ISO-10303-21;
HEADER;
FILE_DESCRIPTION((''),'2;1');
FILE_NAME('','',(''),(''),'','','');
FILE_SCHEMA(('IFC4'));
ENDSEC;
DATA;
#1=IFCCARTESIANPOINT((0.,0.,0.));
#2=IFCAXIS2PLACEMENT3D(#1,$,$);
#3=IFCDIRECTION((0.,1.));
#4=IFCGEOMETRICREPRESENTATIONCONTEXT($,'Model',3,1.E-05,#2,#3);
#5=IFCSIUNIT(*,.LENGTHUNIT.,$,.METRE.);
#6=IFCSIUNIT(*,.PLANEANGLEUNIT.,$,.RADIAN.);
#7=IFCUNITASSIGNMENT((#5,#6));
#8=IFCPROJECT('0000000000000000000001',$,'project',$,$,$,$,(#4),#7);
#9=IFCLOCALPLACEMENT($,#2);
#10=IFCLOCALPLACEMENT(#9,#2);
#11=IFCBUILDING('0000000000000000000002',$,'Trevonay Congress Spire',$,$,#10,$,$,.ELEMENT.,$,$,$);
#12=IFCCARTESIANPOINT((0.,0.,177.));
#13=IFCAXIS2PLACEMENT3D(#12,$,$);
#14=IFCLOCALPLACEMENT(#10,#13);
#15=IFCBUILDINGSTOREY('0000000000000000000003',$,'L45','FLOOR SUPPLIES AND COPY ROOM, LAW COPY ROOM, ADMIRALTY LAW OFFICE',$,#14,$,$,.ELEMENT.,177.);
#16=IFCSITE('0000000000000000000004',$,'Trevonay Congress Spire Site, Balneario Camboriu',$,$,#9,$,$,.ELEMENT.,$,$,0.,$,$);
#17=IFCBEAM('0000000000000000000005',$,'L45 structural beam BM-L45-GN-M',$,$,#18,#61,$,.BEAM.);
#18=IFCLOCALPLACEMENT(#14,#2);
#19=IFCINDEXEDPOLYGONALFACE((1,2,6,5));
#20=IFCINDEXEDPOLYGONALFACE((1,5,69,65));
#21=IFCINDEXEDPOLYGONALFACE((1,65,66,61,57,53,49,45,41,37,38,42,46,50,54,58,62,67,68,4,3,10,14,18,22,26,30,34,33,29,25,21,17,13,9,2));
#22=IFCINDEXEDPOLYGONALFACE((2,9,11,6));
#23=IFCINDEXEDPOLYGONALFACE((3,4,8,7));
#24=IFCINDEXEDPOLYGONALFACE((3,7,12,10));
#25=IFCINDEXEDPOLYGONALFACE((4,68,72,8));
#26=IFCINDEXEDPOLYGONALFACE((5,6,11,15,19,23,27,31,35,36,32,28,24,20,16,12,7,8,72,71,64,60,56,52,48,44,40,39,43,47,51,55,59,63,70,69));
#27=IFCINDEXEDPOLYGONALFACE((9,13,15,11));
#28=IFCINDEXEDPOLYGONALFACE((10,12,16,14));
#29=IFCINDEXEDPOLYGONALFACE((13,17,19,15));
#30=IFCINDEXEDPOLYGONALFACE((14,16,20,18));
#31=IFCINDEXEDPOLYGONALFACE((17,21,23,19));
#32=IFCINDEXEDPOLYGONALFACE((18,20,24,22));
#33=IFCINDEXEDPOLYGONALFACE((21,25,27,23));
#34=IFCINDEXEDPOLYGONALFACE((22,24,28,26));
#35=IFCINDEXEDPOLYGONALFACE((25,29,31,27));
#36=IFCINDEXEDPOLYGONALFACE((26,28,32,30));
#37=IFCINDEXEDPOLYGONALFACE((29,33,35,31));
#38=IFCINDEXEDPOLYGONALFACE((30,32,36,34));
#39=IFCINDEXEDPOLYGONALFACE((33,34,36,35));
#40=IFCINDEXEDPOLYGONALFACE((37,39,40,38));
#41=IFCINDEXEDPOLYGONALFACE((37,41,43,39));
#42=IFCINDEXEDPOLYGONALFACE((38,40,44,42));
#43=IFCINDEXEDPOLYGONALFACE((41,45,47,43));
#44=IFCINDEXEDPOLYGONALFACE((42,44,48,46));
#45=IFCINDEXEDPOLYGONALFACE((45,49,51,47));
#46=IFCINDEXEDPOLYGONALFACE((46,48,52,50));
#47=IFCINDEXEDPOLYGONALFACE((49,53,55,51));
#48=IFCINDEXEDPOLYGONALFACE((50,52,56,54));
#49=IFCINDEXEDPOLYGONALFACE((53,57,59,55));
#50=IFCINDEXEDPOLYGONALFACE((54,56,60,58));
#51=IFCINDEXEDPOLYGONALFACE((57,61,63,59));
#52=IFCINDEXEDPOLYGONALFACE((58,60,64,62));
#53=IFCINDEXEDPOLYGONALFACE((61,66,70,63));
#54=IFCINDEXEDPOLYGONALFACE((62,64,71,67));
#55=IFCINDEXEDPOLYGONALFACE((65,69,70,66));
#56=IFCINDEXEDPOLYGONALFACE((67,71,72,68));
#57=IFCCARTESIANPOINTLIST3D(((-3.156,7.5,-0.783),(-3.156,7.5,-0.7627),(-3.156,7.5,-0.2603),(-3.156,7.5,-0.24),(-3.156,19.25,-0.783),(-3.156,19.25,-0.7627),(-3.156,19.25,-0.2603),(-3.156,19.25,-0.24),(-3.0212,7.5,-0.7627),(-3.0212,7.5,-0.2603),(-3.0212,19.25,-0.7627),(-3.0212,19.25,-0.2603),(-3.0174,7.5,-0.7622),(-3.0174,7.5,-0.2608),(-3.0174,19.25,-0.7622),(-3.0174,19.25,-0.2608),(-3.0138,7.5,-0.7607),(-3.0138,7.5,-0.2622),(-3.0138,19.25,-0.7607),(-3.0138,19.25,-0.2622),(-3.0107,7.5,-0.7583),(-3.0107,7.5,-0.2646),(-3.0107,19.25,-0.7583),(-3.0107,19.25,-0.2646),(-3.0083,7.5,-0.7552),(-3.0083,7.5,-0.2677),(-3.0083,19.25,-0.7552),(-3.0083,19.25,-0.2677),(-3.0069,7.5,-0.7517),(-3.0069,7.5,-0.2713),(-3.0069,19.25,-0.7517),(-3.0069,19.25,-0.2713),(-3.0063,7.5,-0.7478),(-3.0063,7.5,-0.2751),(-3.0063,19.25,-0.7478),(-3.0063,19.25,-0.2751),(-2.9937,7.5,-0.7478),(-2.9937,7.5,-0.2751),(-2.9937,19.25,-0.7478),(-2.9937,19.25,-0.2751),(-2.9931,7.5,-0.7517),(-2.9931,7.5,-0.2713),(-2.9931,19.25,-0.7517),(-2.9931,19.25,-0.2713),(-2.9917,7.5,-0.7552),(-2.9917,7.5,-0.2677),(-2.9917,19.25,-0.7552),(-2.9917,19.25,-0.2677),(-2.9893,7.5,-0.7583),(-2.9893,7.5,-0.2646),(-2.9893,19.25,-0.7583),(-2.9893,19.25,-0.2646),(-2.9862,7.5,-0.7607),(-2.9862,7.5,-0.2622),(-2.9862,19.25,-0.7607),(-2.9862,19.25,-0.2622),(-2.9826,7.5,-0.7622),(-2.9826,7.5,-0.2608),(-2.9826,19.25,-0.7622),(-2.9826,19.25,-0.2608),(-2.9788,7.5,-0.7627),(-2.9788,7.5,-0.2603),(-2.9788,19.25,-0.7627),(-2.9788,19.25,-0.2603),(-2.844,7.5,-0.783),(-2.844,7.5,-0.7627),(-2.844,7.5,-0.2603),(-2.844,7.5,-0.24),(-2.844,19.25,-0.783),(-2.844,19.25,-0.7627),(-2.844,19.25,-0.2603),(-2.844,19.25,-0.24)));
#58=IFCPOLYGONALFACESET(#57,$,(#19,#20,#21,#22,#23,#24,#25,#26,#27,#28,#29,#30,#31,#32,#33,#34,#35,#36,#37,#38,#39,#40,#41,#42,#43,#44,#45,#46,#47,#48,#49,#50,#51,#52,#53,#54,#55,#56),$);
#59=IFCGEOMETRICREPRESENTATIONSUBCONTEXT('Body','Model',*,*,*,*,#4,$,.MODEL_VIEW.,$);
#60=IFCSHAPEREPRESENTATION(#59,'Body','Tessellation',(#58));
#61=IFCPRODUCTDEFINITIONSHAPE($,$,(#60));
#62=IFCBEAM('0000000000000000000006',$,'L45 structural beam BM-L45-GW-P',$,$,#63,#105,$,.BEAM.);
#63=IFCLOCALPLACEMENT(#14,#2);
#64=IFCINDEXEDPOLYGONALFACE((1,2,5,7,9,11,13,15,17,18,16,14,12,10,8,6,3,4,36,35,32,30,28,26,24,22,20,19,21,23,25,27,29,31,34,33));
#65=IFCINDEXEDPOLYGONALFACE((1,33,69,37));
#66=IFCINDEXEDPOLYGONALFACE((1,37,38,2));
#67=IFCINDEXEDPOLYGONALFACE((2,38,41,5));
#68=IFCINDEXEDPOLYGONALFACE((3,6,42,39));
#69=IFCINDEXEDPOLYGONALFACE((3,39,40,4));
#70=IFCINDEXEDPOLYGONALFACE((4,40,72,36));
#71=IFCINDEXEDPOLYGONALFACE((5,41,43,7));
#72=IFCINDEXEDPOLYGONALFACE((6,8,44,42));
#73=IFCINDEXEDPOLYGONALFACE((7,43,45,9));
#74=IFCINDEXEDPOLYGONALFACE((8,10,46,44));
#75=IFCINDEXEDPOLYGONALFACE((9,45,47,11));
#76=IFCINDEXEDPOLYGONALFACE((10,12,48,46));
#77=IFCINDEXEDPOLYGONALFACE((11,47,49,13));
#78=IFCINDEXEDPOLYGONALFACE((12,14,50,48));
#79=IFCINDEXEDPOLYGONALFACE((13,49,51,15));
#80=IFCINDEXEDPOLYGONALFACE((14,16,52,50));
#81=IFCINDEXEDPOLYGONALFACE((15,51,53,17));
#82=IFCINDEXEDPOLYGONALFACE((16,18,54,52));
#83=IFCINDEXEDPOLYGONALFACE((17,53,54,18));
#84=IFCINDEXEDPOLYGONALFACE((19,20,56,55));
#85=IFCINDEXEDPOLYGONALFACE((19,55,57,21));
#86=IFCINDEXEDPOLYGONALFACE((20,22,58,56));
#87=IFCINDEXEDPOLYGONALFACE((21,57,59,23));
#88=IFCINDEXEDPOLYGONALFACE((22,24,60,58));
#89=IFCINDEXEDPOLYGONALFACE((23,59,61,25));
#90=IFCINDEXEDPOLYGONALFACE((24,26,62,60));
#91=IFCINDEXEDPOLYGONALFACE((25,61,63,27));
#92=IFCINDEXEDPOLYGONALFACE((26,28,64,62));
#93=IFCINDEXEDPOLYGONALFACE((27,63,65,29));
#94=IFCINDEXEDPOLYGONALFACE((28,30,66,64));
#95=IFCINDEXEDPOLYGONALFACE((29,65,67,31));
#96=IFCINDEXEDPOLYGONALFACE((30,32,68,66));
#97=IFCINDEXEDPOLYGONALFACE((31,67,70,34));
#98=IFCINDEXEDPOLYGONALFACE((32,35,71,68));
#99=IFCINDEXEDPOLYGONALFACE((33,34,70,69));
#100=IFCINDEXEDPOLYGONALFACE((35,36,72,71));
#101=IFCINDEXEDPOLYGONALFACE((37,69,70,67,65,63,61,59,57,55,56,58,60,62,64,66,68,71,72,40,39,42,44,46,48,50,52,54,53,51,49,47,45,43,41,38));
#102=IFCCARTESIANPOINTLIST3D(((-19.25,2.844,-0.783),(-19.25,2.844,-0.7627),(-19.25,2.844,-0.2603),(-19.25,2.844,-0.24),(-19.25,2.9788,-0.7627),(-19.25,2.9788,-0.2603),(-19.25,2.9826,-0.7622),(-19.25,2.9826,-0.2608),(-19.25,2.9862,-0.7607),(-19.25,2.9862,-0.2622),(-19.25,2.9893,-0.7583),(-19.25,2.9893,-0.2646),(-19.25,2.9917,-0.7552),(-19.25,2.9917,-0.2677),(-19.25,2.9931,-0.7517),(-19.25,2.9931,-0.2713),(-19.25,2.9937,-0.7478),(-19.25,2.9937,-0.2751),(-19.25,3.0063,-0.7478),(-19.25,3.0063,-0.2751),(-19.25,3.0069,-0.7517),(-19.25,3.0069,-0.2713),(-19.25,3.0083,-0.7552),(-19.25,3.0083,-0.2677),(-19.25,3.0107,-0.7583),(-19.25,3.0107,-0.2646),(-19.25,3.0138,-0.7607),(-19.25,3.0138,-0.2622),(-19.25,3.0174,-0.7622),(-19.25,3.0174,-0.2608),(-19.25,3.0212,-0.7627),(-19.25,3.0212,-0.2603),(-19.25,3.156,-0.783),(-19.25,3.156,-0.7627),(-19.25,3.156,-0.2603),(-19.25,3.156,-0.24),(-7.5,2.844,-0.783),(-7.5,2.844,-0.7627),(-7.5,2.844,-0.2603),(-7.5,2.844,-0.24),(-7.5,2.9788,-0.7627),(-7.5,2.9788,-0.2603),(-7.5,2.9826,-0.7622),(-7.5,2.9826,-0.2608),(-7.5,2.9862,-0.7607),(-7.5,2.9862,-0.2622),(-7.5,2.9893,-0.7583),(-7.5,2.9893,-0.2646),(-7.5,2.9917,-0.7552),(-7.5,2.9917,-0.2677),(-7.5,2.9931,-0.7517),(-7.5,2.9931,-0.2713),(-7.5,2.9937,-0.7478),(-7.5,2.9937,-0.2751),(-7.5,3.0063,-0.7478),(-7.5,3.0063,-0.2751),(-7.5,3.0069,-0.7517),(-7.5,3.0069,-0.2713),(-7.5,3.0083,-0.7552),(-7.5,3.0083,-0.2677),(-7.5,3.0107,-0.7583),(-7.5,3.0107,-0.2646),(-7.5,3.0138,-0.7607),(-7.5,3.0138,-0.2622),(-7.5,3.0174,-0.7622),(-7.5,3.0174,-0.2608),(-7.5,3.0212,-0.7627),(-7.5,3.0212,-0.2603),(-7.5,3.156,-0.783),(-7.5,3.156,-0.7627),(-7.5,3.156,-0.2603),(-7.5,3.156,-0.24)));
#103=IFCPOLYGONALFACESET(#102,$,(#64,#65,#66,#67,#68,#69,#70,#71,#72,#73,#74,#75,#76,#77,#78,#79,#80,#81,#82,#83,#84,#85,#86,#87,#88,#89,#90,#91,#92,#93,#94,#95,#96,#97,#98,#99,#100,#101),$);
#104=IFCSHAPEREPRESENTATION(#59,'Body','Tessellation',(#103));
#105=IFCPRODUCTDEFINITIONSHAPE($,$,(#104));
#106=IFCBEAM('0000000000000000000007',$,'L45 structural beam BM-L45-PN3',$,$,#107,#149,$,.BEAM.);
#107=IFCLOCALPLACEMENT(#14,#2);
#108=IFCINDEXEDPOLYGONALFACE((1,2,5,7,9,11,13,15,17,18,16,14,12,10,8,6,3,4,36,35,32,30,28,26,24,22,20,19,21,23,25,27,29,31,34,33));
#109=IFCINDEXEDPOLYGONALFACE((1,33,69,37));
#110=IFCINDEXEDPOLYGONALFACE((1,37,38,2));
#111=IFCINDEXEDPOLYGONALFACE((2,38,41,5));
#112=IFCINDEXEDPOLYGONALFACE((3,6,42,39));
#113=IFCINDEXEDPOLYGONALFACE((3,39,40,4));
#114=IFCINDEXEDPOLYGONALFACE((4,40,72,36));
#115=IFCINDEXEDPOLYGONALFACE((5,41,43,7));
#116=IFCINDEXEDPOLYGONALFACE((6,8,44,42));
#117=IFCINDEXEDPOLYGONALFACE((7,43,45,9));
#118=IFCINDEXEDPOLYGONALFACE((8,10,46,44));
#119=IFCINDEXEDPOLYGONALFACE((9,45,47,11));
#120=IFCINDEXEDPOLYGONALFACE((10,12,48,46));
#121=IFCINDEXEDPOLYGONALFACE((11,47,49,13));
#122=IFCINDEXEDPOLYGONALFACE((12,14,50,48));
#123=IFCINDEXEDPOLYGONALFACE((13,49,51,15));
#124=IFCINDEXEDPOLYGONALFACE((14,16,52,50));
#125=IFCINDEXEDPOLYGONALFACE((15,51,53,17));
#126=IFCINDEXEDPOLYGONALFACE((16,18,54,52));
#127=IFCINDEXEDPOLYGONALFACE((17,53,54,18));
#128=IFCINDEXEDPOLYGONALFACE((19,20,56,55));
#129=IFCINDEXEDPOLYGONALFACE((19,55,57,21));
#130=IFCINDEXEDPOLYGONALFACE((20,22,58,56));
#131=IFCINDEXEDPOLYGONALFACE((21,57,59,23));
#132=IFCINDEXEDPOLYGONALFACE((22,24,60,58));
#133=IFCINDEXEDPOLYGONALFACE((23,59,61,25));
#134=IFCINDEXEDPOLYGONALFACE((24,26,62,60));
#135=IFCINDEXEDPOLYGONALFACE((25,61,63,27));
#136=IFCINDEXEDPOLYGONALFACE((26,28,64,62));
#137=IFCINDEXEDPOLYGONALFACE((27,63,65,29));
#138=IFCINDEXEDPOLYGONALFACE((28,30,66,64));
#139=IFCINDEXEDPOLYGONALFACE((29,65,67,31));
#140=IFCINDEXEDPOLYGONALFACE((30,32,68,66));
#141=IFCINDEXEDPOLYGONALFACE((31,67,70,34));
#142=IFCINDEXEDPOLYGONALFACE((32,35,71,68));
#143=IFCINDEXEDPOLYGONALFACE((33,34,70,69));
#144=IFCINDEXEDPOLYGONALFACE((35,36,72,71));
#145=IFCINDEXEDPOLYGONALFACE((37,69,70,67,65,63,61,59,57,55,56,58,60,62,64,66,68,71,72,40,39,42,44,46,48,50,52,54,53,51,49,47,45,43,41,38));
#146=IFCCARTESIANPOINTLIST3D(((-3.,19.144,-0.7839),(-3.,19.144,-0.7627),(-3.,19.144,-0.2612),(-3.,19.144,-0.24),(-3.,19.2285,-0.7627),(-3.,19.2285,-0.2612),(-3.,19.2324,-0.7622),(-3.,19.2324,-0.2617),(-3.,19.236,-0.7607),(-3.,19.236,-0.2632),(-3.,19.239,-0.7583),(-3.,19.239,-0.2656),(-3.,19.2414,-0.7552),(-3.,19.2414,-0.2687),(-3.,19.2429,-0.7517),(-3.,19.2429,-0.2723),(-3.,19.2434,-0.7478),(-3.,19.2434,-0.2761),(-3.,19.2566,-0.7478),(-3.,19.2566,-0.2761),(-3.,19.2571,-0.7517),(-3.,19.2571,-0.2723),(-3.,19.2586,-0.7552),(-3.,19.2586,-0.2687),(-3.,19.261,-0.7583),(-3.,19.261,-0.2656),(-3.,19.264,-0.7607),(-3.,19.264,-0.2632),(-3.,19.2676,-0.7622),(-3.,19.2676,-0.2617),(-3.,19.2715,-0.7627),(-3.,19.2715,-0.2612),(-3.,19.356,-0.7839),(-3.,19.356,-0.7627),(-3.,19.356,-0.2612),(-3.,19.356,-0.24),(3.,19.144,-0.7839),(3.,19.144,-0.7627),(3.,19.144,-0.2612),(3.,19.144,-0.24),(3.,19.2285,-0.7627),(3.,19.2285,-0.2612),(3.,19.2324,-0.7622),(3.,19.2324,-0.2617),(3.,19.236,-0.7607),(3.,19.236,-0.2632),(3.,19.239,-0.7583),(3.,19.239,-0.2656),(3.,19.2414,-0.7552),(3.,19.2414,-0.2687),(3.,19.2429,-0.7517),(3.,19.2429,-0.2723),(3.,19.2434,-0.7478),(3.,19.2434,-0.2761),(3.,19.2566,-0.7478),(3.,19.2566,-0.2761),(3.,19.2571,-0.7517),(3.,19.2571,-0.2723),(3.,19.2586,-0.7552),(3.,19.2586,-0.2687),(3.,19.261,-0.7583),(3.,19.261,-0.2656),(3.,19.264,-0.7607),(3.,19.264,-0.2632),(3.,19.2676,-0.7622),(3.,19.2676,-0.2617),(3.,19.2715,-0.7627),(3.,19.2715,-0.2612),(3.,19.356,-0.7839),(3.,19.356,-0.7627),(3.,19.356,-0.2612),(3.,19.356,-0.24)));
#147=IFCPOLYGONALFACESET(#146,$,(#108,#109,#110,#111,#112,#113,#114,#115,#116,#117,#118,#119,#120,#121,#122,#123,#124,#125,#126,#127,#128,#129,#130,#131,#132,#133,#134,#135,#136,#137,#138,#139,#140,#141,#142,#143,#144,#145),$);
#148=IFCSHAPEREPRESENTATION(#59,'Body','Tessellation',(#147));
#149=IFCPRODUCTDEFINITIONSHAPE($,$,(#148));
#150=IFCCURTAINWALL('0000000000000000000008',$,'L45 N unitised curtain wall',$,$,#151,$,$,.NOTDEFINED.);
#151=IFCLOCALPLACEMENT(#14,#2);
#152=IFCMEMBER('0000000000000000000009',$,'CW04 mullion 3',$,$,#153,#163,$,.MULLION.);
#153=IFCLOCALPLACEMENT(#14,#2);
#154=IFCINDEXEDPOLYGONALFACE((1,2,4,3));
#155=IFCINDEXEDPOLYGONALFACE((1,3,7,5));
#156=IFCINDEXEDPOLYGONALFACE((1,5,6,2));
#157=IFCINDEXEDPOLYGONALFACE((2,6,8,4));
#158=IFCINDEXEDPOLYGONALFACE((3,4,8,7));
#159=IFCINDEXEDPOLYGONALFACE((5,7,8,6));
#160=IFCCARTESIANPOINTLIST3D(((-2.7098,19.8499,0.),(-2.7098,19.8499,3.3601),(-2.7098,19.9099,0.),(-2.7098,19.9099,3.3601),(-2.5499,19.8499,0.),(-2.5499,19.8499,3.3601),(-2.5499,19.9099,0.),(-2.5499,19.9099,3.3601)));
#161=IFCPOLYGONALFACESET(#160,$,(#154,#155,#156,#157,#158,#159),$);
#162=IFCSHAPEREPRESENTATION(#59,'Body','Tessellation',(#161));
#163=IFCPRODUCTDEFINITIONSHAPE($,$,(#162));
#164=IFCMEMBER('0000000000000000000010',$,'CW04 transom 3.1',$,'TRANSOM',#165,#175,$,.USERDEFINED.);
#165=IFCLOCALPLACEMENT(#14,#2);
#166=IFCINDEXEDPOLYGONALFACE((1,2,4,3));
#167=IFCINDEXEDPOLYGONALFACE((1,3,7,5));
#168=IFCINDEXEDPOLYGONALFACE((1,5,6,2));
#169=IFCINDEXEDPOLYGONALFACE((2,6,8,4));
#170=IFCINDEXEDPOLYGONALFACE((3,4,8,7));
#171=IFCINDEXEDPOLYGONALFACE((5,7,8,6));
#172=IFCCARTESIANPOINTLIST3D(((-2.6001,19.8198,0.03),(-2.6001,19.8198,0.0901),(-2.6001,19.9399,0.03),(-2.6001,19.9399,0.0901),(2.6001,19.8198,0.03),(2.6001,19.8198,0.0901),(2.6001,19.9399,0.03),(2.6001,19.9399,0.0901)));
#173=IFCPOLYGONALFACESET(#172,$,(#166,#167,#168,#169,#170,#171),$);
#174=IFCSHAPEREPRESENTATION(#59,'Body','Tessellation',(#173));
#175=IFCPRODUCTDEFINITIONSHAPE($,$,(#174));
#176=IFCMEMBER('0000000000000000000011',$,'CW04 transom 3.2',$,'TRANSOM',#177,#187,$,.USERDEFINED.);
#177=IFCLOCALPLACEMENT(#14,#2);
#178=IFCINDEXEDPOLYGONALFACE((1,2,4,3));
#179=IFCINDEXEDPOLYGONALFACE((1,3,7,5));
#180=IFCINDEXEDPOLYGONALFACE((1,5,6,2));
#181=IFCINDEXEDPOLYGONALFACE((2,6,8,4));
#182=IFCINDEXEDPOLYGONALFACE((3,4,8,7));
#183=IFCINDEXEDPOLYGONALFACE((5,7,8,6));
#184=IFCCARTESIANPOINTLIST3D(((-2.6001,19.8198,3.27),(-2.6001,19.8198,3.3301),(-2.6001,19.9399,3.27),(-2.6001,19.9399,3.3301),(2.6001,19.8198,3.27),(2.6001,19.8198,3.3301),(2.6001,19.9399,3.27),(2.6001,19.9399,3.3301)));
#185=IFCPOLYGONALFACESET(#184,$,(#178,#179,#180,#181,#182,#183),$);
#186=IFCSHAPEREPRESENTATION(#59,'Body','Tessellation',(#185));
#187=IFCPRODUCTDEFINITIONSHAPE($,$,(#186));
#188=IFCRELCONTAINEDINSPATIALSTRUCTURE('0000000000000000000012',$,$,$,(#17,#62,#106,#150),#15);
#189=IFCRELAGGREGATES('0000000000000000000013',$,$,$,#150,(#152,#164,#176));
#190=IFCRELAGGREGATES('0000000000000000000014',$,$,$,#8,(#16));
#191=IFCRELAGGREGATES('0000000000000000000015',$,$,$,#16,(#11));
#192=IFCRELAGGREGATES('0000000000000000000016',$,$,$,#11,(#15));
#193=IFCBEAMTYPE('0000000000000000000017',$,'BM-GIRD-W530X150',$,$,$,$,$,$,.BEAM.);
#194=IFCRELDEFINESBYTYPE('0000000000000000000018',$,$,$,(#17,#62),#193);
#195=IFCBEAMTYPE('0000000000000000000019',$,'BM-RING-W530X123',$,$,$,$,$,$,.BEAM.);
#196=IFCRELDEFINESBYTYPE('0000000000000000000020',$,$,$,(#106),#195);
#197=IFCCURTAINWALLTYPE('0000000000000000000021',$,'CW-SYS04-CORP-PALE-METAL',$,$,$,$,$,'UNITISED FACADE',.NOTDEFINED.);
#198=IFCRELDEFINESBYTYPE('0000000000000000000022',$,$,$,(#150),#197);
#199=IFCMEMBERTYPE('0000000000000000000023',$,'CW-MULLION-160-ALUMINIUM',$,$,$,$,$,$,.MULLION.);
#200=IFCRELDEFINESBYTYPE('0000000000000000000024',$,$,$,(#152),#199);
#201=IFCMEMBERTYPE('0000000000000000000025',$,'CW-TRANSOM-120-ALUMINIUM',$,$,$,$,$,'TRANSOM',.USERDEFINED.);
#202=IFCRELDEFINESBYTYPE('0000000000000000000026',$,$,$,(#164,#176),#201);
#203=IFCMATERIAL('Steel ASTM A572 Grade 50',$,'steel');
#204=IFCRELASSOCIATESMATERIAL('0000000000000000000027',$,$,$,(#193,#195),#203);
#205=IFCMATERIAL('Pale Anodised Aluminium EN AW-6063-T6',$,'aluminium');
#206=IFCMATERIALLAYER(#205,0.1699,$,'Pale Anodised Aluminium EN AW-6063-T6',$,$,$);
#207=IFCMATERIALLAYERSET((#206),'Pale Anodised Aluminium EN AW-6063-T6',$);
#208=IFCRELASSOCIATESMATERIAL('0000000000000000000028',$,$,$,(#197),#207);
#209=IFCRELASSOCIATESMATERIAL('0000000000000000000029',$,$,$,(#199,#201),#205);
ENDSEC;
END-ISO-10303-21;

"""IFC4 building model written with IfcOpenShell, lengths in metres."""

from ifc_helpers import new_model, si_unit, direction, frame, origin, origin_2d, place, context, subcontext, project, spatial, rectangle, i_section, extrude, material, layer, layer_set, material_profile, profile_set, type_object, element, aggregate, save


model = new_model("IFC4")

# Units and contexts
model_context = context("Model", 3, precision=1e-05, world=origin(), true_north=direction((0.0, 1.0)))
body_context = subcontext(model_context, "Body", "Model", "MODEL_VIEW")
ifc_project = project(units=[si_unit("LENGTHUNIT", "METRE"), si_unit("PLANEANGLEUNIT", "RADIAN")], contexts=[model_context])

# Site, building, storey
site_placement = place(None, origin())
site = spatial("IfcSite", under=ifc_project, at=site_placement, Name="Trevonay Congress Spire Site, Balneario Camboriu", CompositionType="ELEMENT", RefElevation=0.0)
building_placement = place(site_placement, origin())
building = spatial("IfcBuilding", under=site, at=building_placement, Name="Trevonay Congress Spire", CompositionType="ELEMENT")
storey_placement = place(building_placement, frame((0.0, 0.0, 177.0)))
storey = spatial("IfcBuildingStorey", under=building, at=storey_placement, Name="L45", Description="FLOOR SUPPLIES AND COPY ROOM, LAW COPY ROOM, ADMIRALTY LAW OFFICE", CompositionType="ELEMENT", Elevation=177.0)

# Shared definitions
ifc_material_1 = material(Name="Steel ASTM A572 Grade 50", Category="steel")

# Beams
ifc_material_profile_1 = material_profile(ifc_material_1, i_section(OverallWidth=0.312, OverallDepth=0.543, WebThickness=0.0127, FlangeThickness=0.0203, FilletRadius=0.0149, at=origin_2d()), Name="W530x150")
ifc_profile_set_1 = profile_set([ifc_material_profile_1], Name="Steel ASTM A572 Grade 50")
beam_type_1 = type_object("IfcBeamType", Name="BM-GIRD-W530X150", PredefinedType="BEAM", material=ifc_profile_set_1)
for number, where, z_axis, x_axis, name in (
    (1, (-3.0, 7.5, -0.5115), (0.0, 1.0, 0.0), (-1.0, 0.0, 0.0), "L45 structural beam BM-L45-GN-M"),
    (2, (-7.5, 3.0, -0.5115), (-1.0, 0.0, 0.0), (0.0, -1.0, 0.0), "L45 structural beam BM-L45-GW-P"),
):
    element("IfcBeam", number, at=place(storey_placement, frame(where, z_axis=z_axis, x_axis=x_axis)), inside=storey, type_object=beam_type_1, Name=name, PredefinedType="BEAM", context=body_context, shape_type="SweptSolid", body=[
        extrude(i_section(OverallWidth=0.312, OverallDepth=0.543, WebThickness=0.0127, FlangeThickness=0.0203, FilletRadius=0.0149, at=origin_2d()), origin(), (0.0, 0.0, 1.0), 11.75),
    ])
ifc_material_profile_2 = material_profile(ifc_material_1, i_section(OverallWidth=0.2119, OverallDepth=0.5439, WebThickness=0.0132, FlangeThickness=0.0212, FilletRadius=0.0149, at=origin_2d()), Name="W530x123")
ifc_profile_set_2 = profile_set([ifc_material_profile_2], Name="Steel ASTM A572 Grade 50")
beam_type_2 = type_object("IfcBeamType", Name="BM-RING-W530X123", PredefinedType="BEAM", material=ifc_profile_set_2)
beam_1_placement = place(storey_placement, frame((-3.0, 19.25, -0.512), z_axis=(1.0, 0.0, 0.0), x_axis=(0.0, 1.0, 0.0)))
element("IfcBeam", 3, at=beam_1_placement, inside=storey, type_object=beam_type_2, Name="L45 structural beam BM-L45-PN3", PredefinedType="BEAM", context=body_context, shape_type="SweptSolid", body=[
    extrude(i_section(OverallWidth=0.2119, OverallDepth=0.5439, WebThickness=0.0132, FlangeThickness=0.0212, FilletRadius=0.0149, at=origin_2d()), origin(), (0.0, 0.0, 1.0), 6.0),
])

# Curtain wall, members
ifc_material_2 = material(Name="Pale Anodised Aluminium EN AW-6063-T6", Category="aluminium")
ifc_layer_1 = layer(ifc_material_2, 0.1699, Name="Pale Anodised Aluminium EN AW-6063-T6")
ifc_layer_set_1 = layer_set([ifc_layer_1], Name="Pale Anodised Aluminium EN AW-6063-T6")
curtain_wall_type = type_object("IfcCurtainWallType", Name="CW-SYS04-CORP-PALE-METAL", ElementType="UNITISED FACADE", PredefinedType="NOTDEFINED", material=ifc_layer_set_1)
curtain_wall_placement = place(storey_placement, origin())
curtain_wall = element("IfcCurtainWall", 4, at=curtain_wall_placement, inside=storey, type_object=curtain_wall_type, Name="L45 N unitised curtain wall", PredefinedType="NOTDEFINED")
ifc_material_profile_3 = material_profile(ifc_material_2, rectangle(XDim=0.0601, YDim=0.1599, at=origin_2d()), Name="CW-MULLION-160-ALUMINIUM")
ifc_profile_set_3 = profile_set([ifc_material_profile_3], Name="Pale Anodised Aluminium EN AW-6063-T6")
member_type_1 = type_object("IfcMemberType", Name="CW-MULLION-160-ALUMINIUM", PredefinedType="MULLION", material=ifc_profile_set_3)
member_1_placement = place(storey_placement, frame((-2.6299, 19.8799, 0.0), z_axis=(0.0, 0.0, 1.0), x_axis=(0.0, 1.0, 0.0)))
member_1 = element("IfcMember", 5, at=member_1_placement, type_object=member_type_1, Name="CW04 mullion 3", PredefinedType="MULLION", context=body_context, shape_type="SweptSolid", body=[
    extrude(rectangle(XDim=0.0601, YDim=0.1599, at=origin_2d()), origin(), (0.0, 0.0, 1.0), 3.3601),
])
ifc_material_profile_4 = material_profile(ifc_material_2, rectangle(XDim=0.1201, YDim=0.0601, at=origin_2d()), Name="CW-TRANSOM-120-ALUMINIUM")
ifc_profile_set_4 = profile_set([ifc_material_profile_4], Name="Pale Anodised Aluminium EN AW-6063-T6")
member_type_2 = type_object("IfcMemberType", Name="CW-TRANSOM-120-ALUMINIUM", ElementType="TRANSOM", PredefinedType="USERDEFINED", material=ifc_profile_set_4)
member_2_placement = place(storey_placement, frame((-2.6001, 19.8799, 0.0601), z_axis=(1.0, 0.0, 0.0), x_axis=(0.0, 1.0, 0.0)))
member_2 = element("IfcMember", 6, at=member_2_placement, type_object=member_type_2, Name="CW04 transom 3.1", ObjectType="TRANSOM", PredefinedType="USERDEFINED", context=body_context, shape_type="SweptSolid", body=[
    extrude(rectangle(XDim=0.1201, YDim=0.0601, at=origin_2d()), origin(), (0.0, 0.0, 1.0), 5.2002),
])
member_3_placement = place(storey_placement, frame((-2.6001, 19.8799, 3.3), z_axis=(1.0, 0.0, 0.0), x_axis=(0.0, 1.0, 0.0)))
member_3 = element("IfcMember", 7, at=member_3_placement, type_object=member_type_2, Name="CW04 transom 3.2", ObjectType="TRANSOM", PredefinedType="USERDEFINED", context=body_context, shape_type="SweptSolid", body=[
    extrude(rectangle(XDim=0.1201, YDim=0.0601, at=origin_2d()), origin(), (0.0, 0.0, 1.0), 5.2002),
])
aggregate(curtain_wall, [member_1, member_2, member_3])

save(model, "model.ifc")
